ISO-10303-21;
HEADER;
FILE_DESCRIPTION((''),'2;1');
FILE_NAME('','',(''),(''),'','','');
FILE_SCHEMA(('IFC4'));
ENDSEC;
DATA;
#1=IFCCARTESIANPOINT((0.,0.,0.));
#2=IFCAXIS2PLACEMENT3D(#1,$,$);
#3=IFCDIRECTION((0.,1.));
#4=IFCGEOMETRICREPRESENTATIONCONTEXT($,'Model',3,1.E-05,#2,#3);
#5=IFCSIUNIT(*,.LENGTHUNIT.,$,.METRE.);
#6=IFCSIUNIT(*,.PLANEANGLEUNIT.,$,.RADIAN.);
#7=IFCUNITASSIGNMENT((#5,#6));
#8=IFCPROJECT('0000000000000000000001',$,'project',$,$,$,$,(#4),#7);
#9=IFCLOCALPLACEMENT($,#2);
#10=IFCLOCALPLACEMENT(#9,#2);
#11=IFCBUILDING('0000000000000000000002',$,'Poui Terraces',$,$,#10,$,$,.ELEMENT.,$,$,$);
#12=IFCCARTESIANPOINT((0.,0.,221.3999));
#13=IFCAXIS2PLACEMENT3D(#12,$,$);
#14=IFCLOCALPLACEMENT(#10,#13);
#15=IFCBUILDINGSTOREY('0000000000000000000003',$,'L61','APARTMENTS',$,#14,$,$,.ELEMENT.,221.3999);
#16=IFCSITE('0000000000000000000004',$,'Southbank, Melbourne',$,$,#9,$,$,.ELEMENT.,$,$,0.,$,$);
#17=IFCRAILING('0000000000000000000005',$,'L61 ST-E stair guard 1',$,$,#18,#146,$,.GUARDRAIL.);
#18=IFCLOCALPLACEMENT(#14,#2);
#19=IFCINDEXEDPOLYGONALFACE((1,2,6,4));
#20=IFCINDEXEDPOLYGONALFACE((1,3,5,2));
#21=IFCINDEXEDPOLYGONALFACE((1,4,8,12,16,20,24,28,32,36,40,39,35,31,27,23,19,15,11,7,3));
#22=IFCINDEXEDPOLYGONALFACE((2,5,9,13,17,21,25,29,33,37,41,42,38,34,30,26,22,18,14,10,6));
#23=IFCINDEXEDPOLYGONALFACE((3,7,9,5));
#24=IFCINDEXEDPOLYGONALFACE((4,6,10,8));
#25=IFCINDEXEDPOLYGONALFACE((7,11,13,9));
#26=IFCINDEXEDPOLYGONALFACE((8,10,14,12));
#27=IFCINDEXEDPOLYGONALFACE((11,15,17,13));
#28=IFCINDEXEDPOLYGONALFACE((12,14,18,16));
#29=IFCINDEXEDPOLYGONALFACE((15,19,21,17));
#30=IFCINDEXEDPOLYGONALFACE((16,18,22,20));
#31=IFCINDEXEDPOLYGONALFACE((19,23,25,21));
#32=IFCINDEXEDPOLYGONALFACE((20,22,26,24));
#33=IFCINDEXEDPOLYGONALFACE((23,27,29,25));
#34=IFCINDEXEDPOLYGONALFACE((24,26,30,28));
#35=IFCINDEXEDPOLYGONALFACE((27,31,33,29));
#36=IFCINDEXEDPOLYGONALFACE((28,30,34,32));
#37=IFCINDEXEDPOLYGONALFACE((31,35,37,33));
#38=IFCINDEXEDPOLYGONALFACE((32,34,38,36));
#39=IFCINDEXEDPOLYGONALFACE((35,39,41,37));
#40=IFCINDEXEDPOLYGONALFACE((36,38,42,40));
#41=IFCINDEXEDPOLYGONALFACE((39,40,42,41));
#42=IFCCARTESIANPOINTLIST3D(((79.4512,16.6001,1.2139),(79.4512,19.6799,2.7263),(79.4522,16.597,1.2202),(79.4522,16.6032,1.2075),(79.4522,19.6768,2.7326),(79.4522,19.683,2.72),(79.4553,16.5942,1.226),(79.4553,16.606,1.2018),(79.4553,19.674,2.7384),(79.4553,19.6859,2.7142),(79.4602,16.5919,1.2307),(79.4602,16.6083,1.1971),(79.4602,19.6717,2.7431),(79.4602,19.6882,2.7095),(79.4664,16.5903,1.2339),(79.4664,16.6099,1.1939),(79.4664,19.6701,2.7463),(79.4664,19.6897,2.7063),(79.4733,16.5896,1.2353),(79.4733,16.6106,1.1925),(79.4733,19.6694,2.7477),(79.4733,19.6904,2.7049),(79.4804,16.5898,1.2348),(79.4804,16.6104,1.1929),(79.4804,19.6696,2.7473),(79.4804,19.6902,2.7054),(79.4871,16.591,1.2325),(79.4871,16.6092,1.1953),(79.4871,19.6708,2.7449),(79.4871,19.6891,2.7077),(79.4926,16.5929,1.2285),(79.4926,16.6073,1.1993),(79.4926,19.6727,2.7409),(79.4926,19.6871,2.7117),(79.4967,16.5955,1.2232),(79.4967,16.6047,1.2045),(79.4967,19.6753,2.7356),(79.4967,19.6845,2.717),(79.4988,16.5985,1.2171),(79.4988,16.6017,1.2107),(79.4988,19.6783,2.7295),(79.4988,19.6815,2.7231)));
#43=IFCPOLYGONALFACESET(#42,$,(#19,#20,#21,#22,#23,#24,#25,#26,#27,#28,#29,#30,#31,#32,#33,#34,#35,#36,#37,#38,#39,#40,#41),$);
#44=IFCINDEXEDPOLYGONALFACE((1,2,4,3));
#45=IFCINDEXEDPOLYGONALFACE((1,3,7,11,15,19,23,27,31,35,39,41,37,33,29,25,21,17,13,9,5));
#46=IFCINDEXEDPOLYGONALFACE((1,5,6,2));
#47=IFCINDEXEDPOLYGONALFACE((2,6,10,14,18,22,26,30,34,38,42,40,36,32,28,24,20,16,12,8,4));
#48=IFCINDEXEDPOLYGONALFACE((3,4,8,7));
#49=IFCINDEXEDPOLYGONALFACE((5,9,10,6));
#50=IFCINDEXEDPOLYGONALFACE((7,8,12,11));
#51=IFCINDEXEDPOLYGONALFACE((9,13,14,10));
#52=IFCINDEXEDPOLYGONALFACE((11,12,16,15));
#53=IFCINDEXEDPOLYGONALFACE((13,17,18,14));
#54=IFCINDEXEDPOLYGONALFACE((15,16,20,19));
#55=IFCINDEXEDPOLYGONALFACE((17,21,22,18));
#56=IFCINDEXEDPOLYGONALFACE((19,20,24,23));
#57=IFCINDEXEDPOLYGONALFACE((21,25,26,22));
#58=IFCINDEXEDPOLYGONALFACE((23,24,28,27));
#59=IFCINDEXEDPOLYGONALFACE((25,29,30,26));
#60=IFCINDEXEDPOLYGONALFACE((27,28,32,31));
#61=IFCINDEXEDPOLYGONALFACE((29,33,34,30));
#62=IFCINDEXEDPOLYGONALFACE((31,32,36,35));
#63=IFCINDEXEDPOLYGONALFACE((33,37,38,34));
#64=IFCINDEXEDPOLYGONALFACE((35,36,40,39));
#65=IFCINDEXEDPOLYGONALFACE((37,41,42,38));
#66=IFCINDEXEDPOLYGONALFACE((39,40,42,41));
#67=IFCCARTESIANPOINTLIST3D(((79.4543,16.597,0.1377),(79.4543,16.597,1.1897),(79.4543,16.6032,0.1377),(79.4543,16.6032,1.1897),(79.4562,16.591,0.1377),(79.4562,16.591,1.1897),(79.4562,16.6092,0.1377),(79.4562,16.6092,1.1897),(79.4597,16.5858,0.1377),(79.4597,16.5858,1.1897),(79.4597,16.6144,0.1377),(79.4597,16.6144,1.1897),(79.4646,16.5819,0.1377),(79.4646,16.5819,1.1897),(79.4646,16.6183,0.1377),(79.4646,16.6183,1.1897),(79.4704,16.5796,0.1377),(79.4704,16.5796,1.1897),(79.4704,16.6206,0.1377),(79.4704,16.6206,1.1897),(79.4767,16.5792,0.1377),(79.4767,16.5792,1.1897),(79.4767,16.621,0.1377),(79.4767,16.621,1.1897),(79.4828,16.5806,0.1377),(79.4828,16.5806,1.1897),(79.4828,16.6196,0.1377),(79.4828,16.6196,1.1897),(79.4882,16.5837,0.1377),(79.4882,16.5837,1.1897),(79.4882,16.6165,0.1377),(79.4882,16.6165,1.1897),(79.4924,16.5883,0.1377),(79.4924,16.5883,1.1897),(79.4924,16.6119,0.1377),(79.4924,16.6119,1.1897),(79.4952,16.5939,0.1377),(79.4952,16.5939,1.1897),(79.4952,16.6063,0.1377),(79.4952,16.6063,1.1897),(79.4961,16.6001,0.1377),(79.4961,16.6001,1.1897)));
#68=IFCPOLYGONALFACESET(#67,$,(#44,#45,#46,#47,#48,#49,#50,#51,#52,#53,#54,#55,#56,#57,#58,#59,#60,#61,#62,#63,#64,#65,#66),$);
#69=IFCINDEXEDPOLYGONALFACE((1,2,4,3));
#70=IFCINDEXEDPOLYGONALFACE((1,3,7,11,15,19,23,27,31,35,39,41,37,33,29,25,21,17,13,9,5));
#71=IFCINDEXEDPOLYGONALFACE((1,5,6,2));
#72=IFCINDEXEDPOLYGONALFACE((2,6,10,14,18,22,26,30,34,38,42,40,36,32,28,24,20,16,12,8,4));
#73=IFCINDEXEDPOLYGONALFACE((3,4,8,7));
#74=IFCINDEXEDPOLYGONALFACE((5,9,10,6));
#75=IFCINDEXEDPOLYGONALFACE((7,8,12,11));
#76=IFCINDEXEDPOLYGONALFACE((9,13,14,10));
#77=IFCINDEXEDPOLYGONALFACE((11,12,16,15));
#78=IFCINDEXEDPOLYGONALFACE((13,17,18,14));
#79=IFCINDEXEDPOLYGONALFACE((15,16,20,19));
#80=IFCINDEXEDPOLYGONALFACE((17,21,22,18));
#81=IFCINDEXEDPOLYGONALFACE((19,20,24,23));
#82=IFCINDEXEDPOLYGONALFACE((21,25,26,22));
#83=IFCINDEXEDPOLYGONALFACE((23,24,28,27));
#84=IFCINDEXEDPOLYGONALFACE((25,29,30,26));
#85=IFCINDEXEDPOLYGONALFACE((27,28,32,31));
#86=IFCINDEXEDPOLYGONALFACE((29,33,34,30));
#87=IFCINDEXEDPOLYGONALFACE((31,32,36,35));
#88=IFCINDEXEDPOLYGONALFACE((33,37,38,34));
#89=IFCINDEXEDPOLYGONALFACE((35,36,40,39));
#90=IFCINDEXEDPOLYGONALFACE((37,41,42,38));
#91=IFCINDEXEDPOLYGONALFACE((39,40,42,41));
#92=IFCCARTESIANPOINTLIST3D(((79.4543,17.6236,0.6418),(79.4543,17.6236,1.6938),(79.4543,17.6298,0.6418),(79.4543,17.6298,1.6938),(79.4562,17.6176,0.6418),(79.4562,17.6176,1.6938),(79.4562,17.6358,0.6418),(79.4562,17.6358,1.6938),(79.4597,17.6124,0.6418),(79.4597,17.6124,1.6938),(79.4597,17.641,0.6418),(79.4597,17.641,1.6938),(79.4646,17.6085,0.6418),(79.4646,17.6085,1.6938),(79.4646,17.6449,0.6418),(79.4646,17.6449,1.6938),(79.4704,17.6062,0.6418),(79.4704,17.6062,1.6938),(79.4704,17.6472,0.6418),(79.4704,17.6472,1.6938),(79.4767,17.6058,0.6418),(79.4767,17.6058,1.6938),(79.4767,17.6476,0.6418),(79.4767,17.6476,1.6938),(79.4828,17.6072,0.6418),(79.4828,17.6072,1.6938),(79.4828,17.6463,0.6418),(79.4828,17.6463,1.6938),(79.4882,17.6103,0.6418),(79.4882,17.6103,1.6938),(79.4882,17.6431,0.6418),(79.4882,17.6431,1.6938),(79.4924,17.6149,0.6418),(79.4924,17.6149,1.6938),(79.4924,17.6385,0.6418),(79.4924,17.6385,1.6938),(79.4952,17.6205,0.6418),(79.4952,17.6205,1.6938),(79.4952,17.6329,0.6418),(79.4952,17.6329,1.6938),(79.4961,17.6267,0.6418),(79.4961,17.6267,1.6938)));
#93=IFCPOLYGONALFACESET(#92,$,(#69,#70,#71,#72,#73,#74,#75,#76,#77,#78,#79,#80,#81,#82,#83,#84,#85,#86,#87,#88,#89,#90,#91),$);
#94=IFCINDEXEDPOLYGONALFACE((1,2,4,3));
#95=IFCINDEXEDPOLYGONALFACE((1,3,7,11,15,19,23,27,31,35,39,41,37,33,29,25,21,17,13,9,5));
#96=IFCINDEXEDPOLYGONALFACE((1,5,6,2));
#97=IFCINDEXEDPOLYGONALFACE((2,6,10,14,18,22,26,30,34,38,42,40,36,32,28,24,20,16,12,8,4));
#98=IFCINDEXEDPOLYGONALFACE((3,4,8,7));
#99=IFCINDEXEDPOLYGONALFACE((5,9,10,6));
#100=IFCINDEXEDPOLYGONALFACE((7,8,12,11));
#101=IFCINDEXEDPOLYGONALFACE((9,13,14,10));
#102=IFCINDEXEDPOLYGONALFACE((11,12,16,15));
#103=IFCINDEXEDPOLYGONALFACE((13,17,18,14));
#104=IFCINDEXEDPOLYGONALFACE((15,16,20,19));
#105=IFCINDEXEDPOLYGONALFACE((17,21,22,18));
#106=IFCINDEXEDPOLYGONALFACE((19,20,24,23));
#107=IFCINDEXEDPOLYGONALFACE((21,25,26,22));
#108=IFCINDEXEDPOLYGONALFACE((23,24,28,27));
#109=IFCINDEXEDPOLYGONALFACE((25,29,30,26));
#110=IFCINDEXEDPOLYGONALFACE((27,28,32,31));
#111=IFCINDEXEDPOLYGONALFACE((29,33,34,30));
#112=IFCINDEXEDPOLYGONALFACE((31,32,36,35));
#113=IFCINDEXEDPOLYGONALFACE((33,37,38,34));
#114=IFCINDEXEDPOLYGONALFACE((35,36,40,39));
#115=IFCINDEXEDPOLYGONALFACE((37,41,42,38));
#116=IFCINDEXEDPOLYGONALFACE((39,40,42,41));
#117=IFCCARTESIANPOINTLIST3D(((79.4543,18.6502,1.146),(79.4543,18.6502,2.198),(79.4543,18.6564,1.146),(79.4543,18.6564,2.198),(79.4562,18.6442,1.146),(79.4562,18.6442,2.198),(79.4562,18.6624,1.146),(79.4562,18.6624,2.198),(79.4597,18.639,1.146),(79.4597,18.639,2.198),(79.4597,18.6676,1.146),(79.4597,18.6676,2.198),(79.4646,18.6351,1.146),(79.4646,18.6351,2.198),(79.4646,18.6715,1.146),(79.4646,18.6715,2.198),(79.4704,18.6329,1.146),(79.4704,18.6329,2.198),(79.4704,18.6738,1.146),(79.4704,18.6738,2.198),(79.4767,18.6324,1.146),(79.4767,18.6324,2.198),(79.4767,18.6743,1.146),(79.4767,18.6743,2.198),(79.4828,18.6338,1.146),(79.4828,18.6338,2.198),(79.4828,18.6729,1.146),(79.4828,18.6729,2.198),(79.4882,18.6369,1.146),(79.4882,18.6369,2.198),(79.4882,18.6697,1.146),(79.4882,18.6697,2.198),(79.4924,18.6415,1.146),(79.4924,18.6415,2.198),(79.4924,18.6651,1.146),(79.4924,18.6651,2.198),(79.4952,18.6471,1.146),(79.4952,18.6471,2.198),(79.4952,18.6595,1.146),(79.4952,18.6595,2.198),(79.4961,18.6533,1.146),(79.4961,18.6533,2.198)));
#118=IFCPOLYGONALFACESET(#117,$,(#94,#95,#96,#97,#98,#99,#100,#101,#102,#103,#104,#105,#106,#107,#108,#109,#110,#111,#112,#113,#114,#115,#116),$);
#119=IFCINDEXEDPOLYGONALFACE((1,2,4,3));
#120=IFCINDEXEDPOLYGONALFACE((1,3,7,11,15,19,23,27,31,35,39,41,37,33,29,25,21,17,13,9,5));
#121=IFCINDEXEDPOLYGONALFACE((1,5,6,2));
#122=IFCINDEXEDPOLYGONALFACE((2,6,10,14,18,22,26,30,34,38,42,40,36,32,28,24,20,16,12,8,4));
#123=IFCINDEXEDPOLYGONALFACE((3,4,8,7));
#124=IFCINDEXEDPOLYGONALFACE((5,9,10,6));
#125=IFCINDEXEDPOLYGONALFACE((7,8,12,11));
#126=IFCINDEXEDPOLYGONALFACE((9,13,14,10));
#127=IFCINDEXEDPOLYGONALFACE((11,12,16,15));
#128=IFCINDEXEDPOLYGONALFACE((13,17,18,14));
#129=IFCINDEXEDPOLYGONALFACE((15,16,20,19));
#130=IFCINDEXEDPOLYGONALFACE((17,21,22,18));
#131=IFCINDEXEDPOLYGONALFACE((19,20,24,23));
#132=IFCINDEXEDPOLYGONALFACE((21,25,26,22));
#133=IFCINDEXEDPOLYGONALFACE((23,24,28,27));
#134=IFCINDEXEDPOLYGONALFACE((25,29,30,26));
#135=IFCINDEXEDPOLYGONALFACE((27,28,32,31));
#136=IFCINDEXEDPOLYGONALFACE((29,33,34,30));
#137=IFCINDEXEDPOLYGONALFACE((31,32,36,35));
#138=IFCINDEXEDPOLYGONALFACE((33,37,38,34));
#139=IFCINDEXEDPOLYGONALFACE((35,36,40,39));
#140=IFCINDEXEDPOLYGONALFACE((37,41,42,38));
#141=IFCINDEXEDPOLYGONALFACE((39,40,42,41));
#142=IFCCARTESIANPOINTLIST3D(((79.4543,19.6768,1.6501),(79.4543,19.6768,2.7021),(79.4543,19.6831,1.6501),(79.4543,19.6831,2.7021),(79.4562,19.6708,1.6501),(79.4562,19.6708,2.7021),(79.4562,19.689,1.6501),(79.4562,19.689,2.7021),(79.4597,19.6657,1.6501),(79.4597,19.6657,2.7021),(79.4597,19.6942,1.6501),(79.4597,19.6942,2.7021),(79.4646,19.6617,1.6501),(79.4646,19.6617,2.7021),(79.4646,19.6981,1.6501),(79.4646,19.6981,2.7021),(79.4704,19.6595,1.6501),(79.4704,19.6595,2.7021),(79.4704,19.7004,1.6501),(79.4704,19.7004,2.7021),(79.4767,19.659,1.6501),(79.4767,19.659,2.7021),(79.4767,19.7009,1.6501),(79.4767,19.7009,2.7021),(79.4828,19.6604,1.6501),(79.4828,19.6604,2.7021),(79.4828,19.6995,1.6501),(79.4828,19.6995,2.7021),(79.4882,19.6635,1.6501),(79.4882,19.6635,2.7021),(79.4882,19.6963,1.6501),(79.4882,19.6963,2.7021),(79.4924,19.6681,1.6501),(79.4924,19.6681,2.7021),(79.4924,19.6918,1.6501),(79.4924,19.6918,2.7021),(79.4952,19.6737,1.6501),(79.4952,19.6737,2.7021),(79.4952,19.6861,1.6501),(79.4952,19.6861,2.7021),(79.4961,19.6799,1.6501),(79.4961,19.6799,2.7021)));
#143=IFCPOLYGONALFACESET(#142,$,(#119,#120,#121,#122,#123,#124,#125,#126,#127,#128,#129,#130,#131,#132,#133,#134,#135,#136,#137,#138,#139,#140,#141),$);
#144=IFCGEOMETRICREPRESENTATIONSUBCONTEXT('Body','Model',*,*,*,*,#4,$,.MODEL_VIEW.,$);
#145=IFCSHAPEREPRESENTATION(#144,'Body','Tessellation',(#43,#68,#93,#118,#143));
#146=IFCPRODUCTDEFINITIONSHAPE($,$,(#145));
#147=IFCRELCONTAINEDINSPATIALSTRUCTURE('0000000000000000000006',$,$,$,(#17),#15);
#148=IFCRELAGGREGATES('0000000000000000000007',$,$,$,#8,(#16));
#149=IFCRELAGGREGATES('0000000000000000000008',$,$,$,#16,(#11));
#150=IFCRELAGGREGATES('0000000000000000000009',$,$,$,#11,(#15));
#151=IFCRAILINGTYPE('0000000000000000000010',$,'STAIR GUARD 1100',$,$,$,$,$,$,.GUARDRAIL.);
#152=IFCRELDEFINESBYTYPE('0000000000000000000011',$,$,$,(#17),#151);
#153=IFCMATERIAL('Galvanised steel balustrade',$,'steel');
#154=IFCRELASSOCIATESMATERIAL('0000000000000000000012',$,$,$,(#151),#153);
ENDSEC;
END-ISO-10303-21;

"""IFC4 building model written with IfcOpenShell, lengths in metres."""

from ifc_helpers import new_model, si_unit, direction, frame, origin, origin_2d, place, context, subcontext, project, spatial, circle, extrude, material, type_object, element, save


model = new_model("IFC4")

# Units and contexts
model_context = context("Model", 3, precision=1e-05, world=origin(), true_north=direction((0.0, 1.0)))
body_context = subcontext(model_context, "Body", "Model", "MODEL_VIEW")
ifc_project = project(units=[si_unit("LENGTHUNIT", "METRE"), si_unit("PLANEANGLEUNIT", "RADIAN")], contexts=[model_context])

# Site, building, storey
site_placement = place(None, origin())
site = spatial("IfcSite", under=ifc_project, at=site_placement, Name="Southbank, Melbourne", CompositionType="ELEMENT", RefElevation=0.0)
building_placement = place(site_placement, origin())
building = spatial("IfcBuilding", under=site, at=building_placement, Name="Poui Terraces", CompositionType="ELEMENT")
storey_placement = place(building_placement, frame((0.0, 0.0, 221.3999)))
storey = spatial("IfcBuildingStorey", under=building, at=storey_placement, Name="L61", Description="APARTMENTS", CompositionType="ELEMENT", Elevation=221.3999)

# Railing
ifc_material_1 = material(Name="Galvanised steel balustrade", Category="steel")
railing_type_1 = type_object("IfcRailingType", Name="STAIR GUARD 1100", PredefinedType="GUARDRAIL", material=ifc_material_1)
railing_1_placement = place(storey_placement, frame((79.4751, 16.6001, 0.1377)))
element("IfcRailing", 1, at=railing_1_placement, inside=storey, type_object=railing_type_1, Name="L61 ST-E stair guard 1", PredefinedType="GUARDRAIL", context=body_context, shape_type="SweptSolid", body=[
    extrude(circle(Radius=0.0239, at=origin_2d()), frame((0.0, 0.0, 1.0762), z_axis=(0.0, 0.897606, 0.440798), x_axis=(-1.0, 0.0, 0.0)), (0.0, 0.0, 1.0), 3.4312),
    extrude(circle(Radius=0.021, at=origin_2d()), origin(), (0.0, 0.0, 1.0), 1.052),
    extrude(circle(Radius=0.021, at=origin_2d()), frame((0.0, 1.0266, 0.5042)), (0.0, 0.0, 1.0), 1.052),
    extrude(circle(Radius=0.021, at=origin_2d()), frame((0.0, 2.0532, 1.0083)), (0.0, 0.0, 1.0), 1.052),
    extrude(circle(Radius=0.021, at=origin_2d()), frame((0.0, 3.0798, 1.5125)), (0.0, 0.0, 1.0), 1.052),
])

save(model, "model.ifc")
